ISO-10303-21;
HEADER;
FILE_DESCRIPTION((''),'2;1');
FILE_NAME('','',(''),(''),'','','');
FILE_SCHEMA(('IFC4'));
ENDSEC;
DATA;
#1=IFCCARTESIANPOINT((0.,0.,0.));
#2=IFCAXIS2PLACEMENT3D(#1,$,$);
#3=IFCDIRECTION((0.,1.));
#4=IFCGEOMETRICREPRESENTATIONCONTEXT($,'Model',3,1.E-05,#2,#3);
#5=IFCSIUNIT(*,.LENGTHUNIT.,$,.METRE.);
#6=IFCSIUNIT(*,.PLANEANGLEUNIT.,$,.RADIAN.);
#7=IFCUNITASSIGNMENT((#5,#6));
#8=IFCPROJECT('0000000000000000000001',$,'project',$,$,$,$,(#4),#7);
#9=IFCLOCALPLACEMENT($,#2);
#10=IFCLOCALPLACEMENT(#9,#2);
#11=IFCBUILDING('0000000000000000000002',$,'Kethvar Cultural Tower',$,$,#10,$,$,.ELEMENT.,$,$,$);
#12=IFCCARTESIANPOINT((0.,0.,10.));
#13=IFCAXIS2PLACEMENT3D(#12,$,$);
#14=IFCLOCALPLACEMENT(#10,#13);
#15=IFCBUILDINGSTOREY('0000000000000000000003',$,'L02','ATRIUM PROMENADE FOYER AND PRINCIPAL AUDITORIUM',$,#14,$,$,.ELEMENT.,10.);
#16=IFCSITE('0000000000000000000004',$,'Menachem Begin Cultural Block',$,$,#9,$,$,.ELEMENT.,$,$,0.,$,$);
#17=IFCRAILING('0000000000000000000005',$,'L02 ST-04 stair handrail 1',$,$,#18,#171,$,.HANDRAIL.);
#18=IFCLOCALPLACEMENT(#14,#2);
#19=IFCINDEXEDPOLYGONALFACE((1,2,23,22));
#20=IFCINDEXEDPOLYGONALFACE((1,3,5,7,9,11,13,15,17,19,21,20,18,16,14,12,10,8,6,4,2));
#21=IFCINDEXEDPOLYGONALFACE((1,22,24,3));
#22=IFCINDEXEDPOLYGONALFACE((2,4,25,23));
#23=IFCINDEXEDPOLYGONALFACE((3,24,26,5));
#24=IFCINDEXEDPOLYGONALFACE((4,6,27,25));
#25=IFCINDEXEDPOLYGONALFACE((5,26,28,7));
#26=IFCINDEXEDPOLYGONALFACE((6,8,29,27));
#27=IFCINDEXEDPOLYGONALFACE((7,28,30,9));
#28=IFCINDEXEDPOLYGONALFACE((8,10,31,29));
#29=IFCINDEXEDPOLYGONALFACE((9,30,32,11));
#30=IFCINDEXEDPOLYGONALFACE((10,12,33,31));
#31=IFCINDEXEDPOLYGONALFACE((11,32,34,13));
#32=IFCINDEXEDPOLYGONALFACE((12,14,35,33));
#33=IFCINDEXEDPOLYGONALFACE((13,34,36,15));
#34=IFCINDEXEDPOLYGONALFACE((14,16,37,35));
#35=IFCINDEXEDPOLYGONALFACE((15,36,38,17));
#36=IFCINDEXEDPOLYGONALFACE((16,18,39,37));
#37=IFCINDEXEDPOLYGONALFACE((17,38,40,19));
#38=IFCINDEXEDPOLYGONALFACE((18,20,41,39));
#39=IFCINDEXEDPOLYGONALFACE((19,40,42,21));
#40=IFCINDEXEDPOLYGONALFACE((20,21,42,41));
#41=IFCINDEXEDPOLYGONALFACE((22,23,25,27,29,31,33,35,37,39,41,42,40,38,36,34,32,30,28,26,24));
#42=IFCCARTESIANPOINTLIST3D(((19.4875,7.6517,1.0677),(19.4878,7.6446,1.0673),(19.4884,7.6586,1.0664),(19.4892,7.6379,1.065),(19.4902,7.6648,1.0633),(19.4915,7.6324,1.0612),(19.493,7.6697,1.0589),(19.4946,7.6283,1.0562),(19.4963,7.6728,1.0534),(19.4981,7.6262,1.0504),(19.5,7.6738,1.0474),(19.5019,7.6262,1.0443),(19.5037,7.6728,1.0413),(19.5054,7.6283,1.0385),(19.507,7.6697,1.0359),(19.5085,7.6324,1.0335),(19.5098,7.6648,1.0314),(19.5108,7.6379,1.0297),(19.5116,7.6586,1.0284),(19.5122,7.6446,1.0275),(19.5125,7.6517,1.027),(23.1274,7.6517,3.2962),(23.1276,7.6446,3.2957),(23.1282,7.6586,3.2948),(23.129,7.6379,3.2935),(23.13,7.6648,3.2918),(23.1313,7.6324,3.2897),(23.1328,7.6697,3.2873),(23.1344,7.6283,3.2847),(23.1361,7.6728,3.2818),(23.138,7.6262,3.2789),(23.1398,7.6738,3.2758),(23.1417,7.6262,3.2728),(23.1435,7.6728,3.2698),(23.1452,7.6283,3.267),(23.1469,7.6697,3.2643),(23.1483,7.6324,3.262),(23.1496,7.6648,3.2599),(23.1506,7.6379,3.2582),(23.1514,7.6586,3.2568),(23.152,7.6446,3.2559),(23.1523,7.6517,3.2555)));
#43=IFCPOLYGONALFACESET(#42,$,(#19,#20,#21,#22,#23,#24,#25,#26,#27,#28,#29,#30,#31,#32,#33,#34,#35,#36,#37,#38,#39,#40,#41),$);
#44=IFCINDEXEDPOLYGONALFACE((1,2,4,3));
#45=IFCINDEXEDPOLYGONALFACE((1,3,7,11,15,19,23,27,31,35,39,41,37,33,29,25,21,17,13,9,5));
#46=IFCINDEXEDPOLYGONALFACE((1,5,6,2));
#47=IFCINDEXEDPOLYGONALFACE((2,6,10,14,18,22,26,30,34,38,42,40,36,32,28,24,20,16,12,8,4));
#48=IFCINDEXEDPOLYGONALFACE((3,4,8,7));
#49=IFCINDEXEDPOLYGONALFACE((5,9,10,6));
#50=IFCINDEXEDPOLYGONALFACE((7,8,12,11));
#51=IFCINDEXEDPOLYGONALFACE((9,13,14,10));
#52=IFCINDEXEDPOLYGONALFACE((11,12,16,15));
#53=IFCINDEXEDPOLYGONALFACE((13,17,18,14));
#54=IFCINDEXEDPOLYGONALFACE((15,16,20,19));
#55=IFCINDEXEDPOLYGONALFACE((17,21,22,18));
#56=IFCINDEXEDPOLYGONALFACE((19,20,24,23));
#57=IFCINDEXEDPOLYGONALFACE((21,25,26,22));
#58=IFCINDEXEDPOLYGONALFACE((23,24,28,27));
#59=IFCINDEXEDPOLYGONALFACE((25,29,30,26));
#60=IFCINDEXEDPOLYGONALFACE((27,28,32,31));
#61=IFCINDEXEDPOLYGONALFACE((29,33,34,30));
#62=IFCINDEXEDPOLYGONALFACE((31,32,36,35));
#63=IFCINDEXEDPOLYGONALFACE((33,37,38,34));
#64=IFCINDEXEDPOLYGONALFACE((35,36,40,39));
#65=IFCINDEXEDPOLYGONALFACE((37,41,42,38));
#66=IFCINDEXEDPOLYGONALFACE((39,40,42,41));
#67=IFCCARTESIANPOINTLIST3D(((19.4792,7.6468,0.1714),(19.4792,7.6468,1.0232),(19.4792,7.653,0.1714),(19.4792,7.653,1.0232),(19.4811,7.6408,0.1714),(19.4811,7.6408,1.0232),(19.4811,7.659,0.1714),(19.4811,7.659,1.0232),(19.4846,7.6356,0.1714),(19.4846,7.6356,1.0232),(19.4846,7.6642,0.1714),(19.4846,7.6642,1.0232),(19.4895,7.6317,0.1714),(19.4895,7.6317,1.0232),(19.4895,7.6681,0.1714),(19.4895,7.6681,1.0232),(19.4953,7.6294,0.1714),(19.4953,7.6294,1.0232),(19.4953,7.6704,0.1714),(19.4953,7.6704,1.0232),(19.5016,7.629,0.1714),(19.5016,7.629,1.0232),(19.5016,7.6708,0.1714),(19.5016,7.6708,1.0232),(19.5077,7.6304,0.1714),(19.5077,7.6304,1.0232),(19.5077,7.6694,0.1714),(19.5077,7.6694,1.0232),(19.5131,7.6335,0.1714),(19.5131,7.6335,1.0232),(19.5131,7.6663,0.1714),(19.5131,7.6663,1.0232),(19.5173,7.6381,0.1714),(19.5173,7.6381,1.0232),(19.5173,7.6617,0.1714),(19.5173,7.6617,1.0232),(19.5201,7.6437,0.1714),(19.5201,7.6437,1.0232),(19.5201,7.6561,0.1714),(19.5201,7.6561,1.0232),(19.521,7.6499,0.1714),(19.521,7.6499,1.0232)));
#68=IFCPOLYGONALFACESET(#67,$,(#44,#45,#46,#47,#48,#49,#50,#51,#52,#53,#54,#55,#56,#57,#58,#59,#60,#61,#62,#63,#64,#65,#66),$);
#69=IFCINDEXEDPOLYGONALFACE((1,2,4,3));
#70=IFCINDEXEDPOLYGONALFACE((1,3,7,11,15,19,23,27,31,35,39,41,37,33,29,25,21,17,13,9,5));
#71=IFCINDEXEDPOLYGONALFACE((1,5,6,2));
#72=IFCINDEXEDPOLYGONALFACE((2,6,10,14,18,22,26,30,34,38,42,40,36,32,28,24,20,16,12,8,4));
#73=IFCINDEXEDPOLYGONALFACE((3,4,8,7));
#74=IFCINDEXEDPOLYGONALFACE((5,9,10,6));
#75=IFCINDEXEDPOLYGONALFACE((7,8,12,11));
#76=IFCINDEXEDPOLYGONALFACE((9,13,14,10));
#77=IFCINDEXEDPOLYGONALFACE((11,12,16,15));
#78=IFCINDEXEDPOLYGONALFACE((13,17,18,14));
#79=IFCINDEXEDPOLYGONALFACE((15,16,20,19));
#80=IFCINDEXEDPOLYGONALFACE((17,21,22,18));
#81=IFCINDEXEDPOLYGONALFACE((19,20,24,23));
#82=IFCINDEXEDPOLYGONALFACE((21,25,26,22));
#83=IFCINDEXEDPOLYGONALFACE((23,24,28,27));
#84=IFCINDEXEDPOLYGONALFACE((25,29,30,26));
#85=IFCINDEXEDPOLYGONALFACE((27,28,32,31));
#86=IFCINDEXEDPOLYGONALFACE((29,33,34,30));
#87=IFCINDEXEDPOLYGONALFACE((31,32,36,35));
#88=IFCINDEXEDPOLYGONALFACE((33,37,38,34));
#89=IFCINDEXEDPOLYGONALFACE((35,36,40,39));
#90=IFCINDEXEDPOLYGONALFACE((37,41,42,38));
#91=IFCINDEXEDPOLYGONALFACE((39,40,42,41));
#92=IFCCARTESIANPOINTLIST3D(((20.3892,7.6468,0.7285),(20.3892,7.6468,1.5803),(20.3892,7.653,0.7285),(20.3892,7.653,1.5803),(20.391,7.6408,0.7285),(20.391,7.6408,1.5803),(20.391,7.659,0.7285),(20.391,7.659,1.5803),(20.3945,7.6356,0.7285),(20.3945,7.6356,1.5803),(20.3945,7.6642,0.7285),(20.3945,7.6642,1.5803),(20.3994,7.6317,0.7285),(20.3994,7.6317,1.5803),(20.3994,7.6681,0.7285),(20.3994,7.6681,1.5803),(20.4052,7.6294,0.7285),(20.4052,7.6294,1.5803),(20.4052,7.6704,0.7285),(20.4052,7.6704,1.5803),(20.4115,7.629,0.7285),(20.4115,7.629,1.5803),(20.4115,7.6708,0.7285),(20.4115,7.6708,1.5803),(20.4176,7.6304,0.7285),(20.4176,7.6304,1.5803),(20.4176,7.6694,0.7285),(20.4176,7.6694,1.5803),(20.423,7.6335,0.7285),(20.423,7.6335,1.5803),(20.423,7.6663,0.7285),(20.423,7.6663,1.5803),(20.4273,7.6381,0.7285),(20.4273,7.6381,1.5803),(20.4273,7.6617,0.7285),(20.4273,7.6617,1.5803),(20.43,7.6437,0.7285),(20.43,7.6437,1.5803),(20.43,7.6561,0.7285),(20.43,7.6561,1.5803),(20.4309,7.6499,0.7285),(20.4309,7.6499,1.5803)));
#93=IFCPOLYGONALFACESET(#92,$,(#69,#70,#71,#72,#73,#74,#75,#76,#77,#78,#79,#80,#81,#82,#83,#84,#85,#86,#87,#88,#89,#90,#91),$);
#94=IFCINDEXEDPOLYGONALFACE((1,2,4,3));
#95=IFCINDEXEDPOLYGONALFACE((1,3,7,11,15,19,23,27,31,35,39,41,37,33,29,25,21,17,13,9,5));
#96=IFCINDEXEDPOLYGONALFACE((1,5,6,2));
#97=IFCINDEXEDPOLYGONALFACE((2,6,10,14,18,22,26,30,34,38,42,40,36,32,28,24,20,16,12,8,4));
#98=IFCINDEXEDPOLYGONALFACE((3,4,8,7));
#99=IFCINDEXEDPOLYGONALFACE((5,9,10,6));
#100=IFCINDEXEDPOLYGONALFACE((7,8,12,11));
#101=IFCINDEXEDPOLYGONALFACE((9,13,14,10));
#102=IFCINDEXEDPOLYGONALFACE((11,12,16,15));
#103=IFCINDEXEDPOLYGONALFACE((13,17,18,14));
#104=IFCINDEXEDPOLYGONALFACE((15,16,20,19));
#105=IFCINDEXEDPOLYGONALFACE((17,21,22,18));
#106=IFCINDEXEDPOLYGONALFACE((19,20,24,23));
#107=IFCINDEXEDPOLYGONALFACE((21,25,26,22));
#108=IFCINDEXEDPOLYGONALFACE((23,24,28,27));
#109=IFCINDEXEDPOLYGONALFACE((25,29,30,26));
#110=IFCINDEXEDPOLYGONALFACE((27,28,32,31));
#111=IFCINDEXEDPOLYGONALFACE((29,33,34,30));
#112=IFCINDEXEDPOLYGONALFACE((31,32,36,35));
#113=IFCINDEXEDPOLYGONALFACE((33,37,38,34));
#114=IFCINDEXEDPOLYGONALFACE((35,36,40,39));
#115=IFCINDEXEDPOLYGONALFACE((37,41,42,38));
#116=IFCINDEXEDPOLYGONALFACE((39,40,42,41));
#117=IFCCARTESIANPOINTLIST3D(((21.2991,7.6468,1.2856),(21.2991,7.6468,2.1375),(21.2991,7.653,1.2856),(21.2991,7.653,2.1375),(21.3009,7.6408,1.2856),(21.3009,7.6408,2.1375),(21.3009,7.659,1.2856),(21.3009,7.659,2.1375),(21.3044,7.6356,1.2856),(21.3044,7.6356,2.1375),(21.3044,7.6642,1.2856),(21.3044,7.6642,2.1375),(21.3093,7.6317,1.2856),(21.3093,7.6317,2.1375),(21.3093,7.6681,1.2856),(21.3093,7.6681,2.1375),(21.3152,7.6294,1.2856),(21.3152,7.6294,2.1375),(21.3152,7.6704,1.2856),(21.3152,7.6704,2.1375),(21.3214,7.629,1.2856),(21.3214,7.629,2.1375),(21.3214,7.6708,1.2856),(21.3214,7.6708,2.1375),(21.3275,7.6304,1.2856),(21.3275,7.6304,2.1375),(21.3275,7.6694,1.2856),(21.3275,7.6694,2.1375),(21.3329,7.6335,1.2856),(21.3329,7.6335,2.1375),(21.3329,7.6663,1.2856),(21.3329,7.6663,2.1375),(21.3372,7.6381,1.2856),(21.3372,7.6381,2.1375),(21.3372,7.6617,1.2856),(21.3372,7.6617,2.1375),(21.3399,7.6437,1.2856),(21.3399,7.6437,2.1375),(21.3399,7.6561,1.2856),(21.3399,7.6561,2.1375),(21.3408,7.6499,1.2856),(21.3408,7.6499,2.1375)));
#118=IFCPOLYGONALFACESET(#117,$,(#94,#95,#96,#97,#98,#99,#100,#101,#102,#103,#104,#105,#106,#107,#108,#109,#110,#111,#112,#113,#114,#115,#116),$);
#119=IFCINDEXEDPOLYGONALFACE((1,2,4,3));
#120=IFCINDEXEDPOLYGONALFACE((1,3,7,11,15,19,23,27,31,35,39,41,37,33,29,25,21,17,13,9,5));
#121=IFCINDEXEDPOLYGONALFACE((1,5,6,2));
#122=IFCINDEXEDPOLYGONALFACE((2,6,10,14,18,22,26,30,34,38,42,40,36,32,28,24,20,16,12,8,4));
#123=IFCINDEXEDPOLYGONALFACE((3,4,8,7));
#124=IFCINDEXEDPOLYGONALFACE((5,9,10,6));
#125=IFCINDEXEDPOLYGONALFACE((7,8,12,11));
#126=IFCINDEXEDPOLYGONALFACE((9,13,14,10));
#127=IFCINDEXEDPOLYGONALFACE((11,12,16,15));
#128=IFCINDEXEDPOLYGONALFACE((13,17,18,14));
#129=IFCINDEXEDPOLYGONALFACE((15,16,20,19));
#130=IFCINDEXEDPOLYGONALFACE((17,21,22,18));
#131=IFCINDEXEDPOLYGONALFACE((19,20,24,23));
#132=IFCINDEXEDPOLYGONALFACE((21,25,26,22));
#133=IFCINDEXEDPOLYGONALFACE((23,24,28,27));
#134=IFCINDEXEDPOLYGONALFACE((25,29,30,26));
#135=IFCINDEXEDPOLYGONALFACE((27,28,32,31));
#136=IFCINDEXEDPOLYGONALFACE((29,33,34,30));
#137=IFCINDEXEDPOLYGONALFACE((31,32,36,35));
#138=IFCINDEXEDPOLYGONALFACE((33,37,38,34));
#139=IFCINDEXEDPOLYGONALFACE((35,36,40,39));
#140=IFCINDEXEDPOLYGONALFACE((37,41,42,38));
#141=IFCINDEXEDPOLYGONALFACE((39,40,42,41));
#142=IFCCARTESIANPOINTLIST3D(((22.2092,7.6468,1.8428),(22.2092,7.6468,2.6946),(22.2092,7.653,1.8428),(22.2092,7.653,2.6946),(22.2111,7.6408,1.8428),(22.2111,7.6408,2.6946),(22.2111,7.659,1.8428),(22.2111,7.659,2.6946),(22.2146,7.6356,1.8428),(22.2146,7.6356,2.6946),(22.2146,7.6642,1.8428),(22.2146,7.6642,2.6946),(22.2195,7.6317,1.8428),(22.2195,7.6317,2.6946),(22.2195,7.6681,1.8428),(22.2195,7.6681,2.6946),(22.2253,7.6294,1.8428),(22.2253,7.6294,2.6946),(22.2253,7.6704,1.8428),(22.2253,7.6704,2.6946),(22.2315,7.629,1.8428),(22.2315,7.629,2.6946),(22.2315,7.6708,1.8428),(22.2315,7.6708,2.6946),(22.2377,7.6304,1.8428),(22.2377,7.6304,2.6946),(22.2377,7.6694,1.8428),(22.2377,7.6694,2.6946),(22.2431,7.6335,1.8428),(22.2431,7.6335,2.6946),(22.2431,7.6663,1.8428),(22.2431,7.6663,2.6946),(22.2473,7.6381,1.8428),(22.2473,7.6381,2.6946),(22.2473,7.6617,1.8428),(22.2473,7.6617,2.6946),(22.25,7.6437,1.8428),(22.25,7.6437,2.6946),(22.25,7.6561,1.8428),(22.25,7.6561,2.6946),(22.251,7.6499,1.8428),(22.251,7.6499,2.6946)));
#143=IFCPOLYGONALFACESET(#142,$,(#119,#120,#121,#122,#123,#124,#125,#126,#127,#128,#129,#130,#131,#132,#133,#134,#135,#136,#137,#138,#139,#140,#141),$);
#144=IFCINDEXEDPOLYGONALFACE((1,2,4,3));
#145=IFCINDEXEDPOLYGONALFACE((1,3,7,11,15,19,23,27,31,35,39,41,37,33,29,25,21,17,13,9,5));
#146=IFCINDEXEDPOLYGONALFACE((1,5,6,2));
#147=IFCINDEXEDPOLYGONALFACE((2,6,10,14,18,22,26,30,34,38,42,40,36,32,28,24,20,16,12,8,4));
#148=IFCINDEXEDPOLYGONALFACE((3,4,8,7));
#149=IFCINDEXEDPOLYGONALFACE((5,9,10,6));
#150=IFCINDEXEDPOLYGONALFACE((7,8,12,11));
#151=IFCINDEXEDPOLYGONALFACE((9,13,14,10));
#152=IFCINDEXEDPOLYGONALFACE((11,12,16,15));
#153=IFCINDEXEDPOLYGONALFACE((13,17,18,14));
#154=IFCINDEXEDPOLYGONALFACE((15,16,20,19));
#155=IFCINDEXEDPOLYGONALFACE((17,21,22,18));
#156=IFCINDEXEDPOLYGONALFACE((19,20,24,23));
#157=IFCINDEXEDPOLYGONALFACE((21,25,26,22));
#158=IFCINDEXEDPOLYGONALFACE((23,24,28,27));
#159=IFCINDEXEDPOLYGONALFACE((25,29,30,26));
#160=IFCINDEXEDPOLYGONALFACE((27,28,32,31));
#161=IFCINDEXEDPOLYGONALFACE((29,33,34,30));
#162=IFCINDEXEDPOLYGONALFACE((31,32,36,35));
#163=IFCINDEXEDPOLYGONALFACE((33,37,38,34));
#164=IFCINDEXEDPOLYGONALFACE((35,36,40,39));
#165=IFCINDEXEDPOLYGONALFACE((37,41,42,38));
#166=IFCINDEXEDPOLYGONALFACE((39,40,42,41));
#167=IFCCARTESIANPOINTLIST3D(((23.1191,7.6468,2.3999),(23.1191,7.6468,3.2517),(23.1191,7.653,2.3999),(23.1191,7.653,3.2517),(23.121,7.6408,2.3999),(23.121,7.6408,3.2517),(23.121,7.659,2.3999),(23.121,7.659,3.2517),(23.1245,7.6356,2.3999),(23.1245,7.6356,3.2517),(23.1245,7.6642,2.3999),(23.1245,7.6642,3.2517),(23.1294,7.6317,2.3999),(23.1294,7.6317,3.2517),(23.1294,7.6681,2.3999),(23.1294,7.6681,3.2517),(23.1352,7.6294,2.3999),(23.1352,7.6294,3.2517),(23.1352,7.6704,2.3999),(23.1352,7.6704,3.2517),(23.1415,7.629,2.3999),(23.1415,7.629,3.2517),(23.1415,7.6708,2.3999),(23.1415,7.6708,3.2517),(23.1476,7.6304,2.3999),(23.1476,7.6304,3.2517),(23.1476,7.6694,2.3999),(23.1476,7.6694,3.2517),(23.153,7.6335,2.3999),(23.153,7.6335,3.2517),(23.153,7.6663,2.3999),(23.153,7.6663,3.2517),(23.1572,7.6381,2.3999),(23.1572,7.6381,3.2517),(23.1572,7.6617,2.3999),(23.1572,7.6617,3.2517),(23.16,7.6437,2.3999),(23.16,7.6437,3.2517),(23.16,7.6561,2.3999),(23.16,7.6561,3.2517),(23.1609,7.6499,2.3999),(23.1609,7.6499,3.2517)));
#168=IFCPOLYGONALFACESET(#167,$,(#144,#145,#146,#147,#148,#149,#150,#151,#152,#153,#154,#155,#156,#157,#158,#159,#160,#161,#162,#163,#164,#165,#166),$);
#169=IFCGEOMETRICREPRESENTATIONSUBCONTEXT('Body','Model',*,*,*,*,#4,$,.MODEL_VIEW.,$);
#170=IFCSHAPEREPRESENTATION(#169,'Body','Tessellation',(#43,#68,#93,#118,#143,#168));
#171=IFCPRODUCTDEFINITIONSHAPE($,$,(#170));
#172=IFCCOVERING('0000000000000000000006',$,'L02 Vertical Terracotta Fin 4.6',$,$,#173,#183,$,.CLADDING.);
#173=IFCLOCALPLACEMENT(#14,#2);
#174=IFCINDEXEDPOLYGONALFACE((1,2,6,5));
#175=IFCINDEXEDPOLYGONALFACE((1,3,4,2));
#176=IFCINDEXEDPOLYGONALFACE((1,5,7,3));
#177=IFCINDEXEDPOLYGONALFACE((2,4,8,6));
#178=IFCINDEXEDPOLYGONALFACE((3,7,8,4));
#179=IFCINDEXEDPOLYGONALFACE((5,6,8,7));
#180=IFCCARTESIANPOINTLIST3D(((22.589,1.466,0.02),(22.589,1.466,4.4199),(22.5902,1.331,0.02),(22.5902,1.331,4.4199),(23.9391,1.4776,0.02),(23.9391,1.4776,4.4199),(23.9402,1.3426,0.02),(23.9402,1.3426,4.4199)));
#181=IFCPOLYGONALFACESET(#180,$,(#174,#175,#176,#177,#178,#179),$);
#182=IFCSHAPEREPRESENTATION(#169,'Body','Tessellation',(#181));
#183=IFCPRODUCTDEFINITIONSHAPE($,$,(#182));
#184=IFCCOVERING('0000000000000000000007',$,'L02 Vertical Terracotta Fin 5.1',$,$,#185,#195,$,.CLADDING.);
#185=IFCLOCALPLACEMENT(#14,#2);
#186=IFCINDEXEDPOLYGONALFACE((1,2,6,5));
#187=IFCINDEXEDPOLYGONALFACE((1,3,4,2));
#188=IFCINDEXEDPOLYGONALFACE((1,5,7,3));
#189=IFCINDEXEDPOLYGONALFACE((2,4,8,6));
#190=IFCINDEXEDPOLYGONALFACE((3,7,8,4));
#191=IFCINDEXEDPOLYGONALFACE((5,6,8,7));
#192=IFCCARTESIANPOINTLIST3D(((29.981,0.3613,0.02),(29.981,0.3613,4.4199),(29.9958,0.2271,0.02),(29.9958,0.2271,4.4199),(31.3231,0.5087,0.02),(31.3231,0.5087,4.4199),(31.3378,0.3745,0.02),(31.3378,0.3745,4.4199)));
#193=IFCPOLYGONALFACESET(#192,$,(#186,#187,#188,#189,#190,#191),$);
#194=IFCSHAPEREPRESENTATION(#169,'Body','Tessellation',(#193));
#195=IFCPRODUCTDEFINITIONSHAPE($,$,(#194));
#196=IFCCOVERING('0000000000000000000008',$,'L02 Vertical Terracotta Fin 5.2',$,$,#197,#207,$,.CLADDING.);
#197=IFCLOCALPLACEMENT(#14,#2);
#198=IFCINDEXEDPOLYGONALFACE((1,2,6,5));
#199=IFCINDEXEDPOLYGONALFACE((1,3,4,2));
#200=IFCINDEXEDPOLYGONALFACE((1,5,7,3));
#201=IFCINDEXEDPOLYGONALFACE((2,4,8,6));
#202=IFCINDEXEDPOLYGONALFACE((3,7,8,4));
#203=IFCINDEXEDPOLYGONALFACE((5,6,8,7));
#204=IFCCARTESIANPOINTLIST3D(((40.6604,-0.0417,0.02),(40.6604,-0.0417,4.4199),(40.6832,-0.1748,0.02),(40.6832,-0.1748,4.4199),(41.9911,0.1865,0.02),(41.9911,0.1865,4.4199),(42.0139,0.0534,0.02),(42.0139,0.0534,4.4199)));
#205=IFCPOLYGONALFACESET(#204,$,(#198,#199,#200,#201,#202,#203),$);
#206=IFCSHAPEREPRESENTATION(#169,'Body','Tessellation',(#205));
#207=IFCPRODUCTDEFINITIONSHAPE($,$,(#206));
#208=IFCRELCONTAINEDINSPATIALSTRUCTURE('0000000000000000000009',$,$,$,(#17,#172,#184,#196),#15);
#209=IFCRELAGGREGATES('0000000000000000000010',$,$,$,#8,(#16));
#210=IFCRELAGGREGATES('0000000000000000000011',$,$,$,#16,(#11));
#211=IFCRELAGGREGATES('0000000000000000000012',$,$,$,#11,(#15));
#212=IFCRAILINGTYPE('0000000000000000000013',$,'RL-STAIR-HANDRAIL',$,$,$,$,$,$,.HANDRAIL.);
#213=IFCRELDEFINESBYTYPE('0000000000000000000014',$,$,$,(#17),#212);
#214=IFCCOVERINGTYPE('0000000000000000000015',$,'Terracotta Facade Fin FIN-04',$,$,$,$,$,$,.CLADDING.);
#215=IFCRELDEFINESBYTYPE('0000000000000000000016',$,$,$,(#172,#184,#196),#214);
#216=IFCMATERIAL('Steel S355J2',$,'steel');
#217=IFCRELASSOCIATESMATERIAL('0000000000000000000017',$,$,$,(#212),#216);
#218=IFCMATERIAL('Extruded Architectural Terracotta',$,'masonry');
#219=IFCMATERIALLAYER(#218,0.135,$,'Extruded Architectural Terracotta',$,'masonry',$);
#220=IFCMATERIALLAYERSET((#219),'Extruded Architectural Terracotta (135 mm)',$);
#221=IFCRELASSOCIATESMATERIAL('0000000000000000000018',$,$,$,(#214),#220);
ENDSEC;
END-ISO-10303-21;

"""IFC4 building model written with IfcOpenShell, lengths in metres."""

from ifc_helpers import new_model, si_unit, direction, frame, origin, origin_2d, place, context, subcontext, project, spatial, rectangle, circle, extrude, source, transform, mapped, material, layer, layer_set, type_object, element, save


model = new_model("IFC4")

# Units and contexts
model_context = context("Model", 3, precision=1e-05, world=origin(), true_north=direction((0.0, 1.0)))
body_context = subcontext(model_context, "Body", "Model", "MODEL_VIEW")
ifc_project = project(units=[si_unit("LENGTHUNIT", "METRE"), si_unit("PLANEANGLEUNIT", "RADIAN")], contexts=[model_context])

# Site, building, storey
site_placement = place(None, origin())
site = spatial("IfcSite", under=ifc_project, at=site_placement, Name="Menachem Begin Cultural Block", CompositionType="ELEMENT", RefElevation=0.0)
building_placement = place(site_placement, origin())
building = spatial("IfcBuilding", under=site, at=building_placement, Name="Kethvar Cultural Tower", CompositionType="ELEMENT")
storey_placement = place(building_placement, frame((0.0, 0.0, 10.0)))
storey = spatial("IfcBuildingStorey", under=building, at=storey_placement, Name="L02", Description="ATRIUM PROMENADE FOYER AND PRINCIPAL AUDITORIUM", CompositionType="ELEMENT", Elevation=10.0)

# Shared definitions
ifc_material_1 = material(Name="Steel S355J2", Category="steel")

# Railing
railing_type_1 = type_object("IfcRailingType", Name="RL-STAIR-HANDRAIL", PredefinedType="HANDRAIL", material=ifc_material_1)
railing_1_placement = place(storey_placement, frame((19.5, 7.6499, 0.1714)))
element("IfcRailing", 1, at=railing_1_placement, inside=storey, type_object=railing_type_1, Name="L02 ST-04 stair handrail 1", PredefinedType="HANDRAIL", context=body_context, shape_type="SweptSolid", body=[
    extrude(circle(Radius=0.0239, at=origin_2d()), frame((0.0, 0.0, 0.876), z_axis=(0.85285, 0.0, 0.522156), x_axis=(0.0, 1.0, 0.0)), (0.0, 0.0, 1.0), 4.2678),
    extrude(circle(Radius=0.021, at=origin_2d()), origin(), (0.0, 0.0, 1.0), 0.8518),
    extrude(circle(Radius=0.021, at=origin_2d()), frame((0.9099, 0.0, 0.5571)), (0.0, 0.0, 1.0), 0.8518),
    extrude(circle(Radius=0.021, at=origin_2d()), frame((1.8198, 0.0, 1.1143)), (0.0, 0.0, 1.0), 0.8518),
    extrude(circle(Radius=0.021, at=origin_2d()), frame((2.73, 0.0, 1.6714)), (0.0, 0.0, 1.0), 0.8518),
    extrude(circle(Radius=0.021, at=origin_2d()), frame((3.6399, 0.0, 2.2285)), (0.0, 0.0, 1.0), 0.8518),
])

# Coverings
ifc_material_2 = material(Name="Extruded Architectural Terracotta", Category="masonry")
ifc_layer_1 = layer(ifc_material_2, 0.135, Name="Extruded Architectural Terracotta", Category="masonry")
ifc_layer_set_1 = layer_set([ifc_layer_1], Name="Extruded Architectural Terracotta (135 mm)")
covering_type = type_object("IfcCoveringType", Name="Terracotta Facade Fin FIN-04", PredefinedType="CLADDING", material=ifc_layer_set_1)
shared_shape_1 = source(origin(), body_context, "Body", "SweptSolid", [
    extrude(rectangle(XDim=1.3501, YDim=0.135, at=origin_2d()), origin(), (0.0, 0.0, 1.0), 4.3999),
])
for number, where, z_axis, x_axis, name in (
    (2, (23.2646, 1.4043, 0.02), (0.0, 0.0, 1.0), (-0.999963, -0.008552, 0.0), "L02 Vertical Terracotta Fin 4.6"),
    (3, (30.6594, 0.3679, 0.02), (0.0, 0.0, 1.0), (-0.994018, -0.109214, 0.0), "L02 Vertical Terracotta Fin 5.1"),
    (4, (41.3372, 0.0059, 0.02), (0.0, 0.0, 1.0), (-0.985615, -0.169005, 0.0), "L02 Vertical Terracotta Fin 5.2"),
):
    element("IfcCovering", number, at=place(storey_placement, frame(where, z_axis=z_axis, x_axis=x_axis)), inside=storey, type_object=covering_type, Name=name, PredefinedType="CLADDING", context=body_context, shape_type="MappedRepresentation", body=[
        mapped(shared_shape_1, transform((0.0, 0.0, 0.0), scale=1.0)),
    ])

save(model, "model.ifc")
